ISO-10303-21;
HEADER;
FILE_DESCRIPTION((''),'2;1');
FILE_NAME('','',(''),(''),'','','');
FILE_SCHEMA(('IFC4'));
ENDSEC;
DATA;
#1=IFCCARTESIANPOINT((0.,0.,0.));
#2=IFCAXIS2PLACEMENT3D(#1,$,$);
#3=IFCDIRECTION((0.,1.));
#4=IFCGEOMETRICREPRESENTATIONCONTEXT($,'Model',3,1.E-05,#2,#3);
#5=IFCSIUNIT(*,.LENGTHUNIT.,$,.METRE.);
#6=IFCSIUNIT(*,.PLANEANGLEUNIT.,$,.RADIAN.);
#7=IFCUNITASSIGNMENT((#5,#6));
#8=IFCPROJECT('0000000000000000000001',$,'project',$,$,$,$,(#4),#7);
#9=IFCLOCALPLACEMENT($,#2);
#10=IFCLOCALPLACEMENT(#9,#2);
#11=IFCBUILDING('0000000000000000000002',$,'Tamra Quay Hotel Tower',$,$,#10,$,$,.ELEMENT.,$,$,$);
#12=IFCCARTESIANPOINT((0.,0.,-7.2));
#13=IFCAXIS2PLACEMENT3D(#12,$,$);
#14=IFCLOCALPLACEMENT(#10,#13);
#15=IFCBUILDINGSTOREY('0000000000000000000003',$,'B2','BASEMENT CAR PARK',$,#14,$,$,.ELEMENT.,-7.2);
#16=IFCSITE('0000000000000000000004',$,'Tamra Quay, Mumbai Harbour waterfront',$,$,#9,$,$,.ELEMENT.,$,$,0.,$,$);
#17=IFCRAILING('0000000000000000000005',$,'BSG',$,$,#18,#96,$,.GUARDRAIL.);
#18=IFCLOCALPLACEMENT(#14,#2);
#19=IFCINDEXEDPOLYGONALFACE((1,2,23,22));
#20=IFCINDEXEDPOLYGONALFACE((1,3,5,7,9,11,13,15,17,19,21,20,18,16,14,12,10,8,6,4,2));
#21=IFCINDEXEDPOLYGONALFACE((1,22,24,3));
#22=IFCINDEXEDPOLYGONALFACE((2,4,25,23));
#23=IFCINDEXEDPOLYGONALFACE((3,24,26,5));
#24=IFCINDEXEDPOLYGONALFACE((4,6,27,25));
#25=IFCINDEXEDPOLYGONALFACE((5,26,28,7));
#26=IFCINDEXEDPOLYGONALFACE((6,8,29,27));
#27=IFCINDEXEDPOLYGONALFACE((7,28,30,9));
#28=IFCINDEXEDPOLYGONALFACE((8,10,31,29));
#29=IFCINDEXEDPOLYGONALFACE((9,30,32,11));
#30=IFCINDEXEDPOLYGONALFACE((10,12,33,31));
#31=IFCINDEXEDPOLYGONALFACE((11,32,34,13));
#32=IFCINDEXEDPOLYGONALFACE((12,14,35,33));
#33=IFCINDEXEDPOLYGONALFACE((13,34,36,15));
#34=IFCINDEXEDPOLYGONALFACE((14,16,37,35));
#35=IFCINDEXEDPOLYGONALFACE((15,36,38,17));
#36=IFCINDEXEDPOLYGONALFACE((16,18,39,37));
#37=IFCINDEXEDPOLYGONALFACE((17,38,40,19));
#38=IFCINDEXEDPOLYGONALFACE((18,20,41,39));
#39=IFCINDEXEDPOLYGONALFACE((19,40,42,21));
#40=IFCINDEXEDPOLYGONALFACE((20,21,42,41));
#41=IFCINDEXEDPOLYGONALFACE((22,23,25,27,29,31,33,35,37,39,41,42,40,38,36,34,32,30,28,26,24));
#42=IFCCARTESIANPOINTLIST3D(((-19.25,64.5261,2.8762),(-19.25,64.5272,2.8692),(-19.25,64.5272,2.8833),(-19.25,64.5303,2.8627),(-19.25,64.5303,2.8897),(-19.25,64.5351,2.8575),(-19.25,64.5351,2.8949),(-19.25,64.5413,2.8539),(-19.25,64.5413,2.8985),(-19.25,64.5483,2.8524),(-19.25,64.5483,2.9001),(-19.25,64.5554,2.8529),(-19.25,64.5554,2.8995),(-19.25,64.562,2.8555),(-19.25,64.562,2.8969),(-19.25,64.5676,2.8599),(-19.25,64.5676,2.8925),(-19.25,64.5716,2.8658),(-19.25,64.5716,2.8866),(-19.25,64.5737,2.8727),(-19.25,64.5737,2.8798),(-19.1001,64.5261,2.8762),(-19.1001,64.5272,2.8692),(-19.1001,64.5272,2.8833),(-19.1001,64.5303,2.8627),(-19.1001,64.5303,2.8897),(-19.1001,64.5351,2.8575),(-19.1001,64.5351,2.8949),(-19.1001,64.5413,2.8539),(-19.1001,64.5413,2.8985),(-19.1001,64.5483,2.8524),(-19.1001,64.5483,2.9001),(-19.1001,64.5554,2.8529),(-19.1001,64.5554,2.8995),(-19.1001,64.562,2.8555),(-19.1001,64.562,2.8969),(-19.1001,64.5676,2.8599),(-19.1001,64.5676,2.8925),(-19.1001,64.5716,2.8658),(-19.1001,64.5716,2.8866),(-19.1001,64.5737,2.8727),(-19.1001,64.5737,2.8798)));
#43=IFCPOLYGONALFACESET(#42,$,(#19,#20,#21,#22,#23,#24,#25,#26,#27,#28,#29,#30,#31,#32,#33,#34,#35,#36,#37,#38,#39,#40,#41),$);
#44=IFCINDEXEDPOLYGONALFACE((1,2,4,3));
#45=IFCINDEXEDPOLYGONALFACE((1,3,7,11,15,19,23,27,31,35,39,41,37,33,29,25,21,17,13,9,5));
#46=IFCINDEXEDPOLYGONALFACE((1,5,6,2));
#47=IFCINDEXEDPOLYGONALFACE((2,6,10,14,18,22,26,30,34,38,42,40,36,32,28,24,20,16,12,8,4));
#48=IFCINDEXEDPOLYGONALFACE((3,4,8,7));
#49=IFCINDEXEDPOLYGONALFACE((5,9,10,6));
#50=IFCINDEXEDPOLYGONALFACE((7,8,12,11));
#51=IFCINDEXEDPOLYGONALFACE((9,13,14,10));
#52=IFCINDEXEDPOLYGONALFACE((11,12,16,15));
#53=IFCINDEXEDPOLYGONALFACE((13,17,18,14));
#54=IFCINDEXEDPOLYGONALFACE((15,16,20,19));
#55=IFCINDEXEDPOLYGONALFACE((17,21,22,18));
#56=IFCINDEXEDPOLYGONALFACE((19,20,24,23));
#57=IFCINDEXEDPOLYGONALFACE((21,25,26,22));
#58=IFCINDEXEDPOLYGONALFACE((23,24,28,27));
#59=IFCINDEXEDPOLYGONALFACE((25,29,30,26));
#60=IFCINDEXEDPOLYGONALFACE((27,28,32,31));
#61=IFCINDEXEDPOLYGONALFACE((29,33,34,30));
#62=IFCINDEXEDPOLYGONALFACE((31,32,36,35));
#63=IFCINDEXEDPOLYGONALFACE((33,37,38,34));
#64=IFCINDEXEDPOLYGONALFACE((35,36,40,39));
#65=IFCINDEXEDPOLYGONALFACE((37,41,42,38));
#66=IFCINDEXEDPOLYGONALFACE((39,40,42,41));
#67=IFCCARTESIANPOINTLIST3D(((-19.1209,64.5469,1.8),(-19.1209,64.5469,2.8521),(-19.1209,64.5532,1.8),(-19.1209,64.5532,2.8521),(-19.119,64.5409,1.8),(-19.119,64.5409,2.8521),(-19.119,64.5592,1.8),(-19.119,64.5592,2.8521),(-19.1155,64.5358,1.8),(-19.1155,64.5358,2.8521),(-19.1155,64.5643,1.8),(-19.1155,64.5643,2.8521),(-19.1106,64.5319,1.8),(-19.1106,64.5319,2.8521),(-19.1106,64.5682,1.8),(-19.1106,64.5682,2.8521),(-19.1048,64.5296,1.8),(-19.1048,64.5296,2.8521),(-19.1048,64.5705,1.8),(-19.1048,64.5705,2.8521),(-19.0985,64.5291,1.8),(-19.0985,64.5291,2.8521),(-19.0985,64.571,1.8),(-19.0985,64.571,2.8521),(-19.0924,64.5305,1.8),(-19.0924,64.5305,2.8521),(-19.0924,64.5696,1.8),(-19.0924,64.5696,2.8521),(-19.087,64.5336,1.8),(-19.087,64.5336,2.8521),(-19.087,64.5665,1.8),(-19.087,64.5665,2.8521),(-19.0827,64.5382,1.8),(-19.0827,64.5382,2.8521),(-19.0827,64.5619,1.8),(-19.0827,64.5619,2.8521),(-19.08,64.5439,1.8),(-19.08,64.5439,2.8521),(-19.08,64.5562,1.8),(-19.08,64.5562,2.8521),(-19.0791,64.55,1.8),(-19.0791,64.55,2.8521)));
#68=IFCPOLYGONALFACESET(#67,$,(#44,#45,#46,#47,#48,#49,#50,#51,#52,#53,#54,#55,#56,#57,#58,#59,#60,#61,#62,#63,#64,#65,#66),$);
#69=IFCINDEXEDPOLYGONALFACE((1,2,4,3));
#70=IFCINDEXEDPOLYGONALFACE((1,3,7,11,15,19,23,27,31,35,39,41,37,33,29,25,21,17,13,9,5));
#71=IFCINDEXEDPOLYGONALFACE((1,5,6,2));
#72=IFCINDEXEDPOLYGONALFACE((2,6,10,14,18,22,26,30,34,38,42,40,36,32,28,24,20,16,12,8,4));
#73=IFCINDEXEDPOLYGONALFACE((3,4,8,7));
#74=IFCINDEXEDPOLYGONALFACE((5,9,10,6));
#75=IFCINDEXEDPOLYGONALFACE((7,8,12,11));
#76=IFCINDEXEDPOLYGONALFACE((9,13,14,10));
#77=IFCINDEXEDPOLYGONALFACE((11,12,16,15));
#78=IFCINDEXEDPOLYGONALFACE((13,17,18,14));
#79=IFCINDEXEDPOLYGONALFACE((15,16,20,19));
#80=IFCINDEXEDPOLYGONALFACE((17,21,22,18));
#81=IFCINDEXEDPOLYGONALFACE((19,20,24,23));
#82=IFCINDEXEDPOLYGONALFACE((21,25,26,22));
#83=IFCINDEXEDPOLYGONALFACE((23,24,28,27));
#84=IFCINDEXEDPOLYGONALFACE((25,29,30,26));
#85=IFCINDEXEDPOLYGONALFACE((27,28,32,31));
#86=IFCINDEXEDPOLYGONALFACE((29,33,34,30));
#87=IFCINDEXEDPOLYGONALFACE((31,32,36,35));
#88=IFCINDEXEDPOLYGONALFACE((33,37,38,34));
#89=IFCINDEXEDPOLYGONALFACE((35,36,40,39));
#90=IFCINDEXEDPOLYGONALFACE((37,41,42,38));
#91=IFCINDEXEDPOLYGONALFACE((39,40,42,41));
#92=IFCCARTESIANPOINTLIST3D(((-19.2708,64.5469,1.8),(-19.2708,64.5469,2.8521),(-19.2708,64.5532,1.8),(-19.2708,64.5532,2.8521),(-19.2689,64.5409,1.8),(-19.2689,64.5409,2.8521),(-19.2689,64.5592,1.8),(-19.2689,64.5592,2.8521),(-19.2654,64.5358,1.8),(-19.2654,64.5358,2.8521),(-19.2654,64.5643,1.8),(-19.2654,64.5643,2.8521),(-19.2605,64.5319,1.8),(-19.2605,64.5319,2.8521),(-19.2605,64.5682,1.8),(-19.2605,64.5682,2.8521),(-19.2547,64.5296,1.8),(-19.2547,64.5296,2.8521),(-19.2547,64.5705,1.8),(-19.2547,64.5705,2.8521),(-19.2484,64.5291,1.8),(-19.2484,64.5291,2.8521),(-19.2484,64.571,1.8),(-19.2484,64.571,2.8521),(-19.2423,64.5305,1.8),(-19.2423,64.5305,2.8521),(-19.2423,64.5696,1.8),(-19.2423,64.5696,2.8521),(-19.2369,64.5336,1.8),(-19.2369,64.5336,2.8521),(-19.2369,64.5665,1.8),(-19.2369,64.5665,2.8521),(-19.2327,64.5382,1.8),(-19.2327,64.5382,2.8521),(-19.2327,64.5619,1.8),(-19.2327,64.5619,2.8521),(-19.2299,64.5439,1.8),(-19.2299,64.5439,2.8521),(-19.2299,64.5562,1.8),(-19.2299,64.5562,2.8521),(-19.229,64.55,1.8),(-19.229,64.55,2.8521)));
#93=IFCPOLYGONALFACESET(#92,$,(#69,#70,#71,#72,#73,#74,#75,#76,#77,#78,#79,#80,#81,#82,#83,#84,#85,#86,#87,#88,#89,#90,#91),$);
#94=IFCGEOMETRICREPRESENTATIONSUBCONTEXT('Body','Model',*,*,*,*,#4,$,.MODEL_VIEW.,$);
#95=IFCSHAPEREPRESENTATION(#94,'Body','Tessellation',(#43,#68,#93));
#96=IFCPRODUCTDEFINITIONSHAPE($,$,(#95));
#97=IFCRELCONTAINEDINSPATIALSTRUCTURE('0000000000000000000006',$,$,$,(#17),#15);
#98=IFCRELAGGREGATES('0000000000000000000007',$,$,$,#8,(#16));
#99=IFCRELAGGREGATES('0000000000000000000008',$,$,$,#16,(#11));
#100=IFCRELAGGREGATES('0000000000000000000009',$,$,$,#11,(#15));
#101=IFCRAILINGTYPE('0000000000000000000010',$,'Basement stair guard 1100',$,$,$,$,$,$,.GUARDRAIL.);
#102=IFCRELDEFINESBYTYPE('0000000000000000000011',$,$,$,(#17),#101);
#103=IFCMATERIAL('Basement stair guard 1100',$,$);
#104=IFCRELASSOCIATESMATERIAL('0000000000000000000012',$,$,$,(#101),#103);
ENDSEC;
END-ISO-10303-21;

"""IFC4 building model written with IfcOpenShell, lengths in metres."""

from ifc_helpers import new_model, si_unit, direction, frame, origin, origin_2d, place, context, subcontext, project, spatial, circle, extrude, material, type_object, element, save


model = new_model("IFC4")

# Units and contexts
model_context = context("Model", 3, precision=1e-05, world=origin(), true_north=direction((0.0, 1.0)))
body_context = subcontext(model_context, "Body", "Model", "MODEL_VIEW")
ifc_project = project(units=[si_unit("LENGTHUNIT", "METRE"), si_unit("PLANEANGLEUNIT", "RADIAN")], contexts=[model_context])

# Site, building, storey
site_placement = place(None, origin())
site = spatial("IfcSite", under=ifc_project, at=site_placement, Name="Tamra Quay, Mumbai Harbour waterfront", CompositionType="ELEMENT", RefElevation=0.0)
building_placement = place(site_placement, origin())
building = spatial("IfcBuilding", under=site, at=building_placement, Name="Tamra Quay Hotel Tower", CompositionType="ELEMENT")
storey_placement = place(building_placement, frame((0.0, 0.0, -7.2)))
storey = spatial("IfcBuildingStorey", under=building, at=storey_placement, Name="B2", Description="BASEMENT CAR PARK", CompositionType="ELEMENT", Elevation=-7.2)

# Railing
ifc_material_1 = material(Name="Basement stair guard 1100")
railing_type_1 = type_object("IfcRailingType", Name="Basement stair guard 1100", PredefinedType="GUARDRAIL", material=ifc_material_1)
railing_1_placement = place(storey_placement, frame((-19.1001, 64.55, 1.8)))
element("IfcRailing", 1, at=railing_1_placement, inside=storey, type_object=railing_type_1, Name="BSG", PredefinedType="GUARDRAIL", context=body_context, shape_type="SweptSolid", body=[
    extrude(circle(Radius=0.0239, at=origin_2d()), frame((0.0, 0.0, 1.0762), z_axis=(-1.0, 0.0, 0.0), x_axis=(0.0, -1.0, 0.0)), (0.0, 0.0, 1.0), 0.1499),
    extrude(circle(Radius=0.021, at=origin_2d()), origin(), (0.0, 0.0, 1.0), 1.052),
    extrude(circle(Radius=0.021, at=origin_2d()), frame((-0.1499, 0.0, 0.0)), (0.0, 0.0, 1.0), 1.052),
])

save(model, "model.ifc")
